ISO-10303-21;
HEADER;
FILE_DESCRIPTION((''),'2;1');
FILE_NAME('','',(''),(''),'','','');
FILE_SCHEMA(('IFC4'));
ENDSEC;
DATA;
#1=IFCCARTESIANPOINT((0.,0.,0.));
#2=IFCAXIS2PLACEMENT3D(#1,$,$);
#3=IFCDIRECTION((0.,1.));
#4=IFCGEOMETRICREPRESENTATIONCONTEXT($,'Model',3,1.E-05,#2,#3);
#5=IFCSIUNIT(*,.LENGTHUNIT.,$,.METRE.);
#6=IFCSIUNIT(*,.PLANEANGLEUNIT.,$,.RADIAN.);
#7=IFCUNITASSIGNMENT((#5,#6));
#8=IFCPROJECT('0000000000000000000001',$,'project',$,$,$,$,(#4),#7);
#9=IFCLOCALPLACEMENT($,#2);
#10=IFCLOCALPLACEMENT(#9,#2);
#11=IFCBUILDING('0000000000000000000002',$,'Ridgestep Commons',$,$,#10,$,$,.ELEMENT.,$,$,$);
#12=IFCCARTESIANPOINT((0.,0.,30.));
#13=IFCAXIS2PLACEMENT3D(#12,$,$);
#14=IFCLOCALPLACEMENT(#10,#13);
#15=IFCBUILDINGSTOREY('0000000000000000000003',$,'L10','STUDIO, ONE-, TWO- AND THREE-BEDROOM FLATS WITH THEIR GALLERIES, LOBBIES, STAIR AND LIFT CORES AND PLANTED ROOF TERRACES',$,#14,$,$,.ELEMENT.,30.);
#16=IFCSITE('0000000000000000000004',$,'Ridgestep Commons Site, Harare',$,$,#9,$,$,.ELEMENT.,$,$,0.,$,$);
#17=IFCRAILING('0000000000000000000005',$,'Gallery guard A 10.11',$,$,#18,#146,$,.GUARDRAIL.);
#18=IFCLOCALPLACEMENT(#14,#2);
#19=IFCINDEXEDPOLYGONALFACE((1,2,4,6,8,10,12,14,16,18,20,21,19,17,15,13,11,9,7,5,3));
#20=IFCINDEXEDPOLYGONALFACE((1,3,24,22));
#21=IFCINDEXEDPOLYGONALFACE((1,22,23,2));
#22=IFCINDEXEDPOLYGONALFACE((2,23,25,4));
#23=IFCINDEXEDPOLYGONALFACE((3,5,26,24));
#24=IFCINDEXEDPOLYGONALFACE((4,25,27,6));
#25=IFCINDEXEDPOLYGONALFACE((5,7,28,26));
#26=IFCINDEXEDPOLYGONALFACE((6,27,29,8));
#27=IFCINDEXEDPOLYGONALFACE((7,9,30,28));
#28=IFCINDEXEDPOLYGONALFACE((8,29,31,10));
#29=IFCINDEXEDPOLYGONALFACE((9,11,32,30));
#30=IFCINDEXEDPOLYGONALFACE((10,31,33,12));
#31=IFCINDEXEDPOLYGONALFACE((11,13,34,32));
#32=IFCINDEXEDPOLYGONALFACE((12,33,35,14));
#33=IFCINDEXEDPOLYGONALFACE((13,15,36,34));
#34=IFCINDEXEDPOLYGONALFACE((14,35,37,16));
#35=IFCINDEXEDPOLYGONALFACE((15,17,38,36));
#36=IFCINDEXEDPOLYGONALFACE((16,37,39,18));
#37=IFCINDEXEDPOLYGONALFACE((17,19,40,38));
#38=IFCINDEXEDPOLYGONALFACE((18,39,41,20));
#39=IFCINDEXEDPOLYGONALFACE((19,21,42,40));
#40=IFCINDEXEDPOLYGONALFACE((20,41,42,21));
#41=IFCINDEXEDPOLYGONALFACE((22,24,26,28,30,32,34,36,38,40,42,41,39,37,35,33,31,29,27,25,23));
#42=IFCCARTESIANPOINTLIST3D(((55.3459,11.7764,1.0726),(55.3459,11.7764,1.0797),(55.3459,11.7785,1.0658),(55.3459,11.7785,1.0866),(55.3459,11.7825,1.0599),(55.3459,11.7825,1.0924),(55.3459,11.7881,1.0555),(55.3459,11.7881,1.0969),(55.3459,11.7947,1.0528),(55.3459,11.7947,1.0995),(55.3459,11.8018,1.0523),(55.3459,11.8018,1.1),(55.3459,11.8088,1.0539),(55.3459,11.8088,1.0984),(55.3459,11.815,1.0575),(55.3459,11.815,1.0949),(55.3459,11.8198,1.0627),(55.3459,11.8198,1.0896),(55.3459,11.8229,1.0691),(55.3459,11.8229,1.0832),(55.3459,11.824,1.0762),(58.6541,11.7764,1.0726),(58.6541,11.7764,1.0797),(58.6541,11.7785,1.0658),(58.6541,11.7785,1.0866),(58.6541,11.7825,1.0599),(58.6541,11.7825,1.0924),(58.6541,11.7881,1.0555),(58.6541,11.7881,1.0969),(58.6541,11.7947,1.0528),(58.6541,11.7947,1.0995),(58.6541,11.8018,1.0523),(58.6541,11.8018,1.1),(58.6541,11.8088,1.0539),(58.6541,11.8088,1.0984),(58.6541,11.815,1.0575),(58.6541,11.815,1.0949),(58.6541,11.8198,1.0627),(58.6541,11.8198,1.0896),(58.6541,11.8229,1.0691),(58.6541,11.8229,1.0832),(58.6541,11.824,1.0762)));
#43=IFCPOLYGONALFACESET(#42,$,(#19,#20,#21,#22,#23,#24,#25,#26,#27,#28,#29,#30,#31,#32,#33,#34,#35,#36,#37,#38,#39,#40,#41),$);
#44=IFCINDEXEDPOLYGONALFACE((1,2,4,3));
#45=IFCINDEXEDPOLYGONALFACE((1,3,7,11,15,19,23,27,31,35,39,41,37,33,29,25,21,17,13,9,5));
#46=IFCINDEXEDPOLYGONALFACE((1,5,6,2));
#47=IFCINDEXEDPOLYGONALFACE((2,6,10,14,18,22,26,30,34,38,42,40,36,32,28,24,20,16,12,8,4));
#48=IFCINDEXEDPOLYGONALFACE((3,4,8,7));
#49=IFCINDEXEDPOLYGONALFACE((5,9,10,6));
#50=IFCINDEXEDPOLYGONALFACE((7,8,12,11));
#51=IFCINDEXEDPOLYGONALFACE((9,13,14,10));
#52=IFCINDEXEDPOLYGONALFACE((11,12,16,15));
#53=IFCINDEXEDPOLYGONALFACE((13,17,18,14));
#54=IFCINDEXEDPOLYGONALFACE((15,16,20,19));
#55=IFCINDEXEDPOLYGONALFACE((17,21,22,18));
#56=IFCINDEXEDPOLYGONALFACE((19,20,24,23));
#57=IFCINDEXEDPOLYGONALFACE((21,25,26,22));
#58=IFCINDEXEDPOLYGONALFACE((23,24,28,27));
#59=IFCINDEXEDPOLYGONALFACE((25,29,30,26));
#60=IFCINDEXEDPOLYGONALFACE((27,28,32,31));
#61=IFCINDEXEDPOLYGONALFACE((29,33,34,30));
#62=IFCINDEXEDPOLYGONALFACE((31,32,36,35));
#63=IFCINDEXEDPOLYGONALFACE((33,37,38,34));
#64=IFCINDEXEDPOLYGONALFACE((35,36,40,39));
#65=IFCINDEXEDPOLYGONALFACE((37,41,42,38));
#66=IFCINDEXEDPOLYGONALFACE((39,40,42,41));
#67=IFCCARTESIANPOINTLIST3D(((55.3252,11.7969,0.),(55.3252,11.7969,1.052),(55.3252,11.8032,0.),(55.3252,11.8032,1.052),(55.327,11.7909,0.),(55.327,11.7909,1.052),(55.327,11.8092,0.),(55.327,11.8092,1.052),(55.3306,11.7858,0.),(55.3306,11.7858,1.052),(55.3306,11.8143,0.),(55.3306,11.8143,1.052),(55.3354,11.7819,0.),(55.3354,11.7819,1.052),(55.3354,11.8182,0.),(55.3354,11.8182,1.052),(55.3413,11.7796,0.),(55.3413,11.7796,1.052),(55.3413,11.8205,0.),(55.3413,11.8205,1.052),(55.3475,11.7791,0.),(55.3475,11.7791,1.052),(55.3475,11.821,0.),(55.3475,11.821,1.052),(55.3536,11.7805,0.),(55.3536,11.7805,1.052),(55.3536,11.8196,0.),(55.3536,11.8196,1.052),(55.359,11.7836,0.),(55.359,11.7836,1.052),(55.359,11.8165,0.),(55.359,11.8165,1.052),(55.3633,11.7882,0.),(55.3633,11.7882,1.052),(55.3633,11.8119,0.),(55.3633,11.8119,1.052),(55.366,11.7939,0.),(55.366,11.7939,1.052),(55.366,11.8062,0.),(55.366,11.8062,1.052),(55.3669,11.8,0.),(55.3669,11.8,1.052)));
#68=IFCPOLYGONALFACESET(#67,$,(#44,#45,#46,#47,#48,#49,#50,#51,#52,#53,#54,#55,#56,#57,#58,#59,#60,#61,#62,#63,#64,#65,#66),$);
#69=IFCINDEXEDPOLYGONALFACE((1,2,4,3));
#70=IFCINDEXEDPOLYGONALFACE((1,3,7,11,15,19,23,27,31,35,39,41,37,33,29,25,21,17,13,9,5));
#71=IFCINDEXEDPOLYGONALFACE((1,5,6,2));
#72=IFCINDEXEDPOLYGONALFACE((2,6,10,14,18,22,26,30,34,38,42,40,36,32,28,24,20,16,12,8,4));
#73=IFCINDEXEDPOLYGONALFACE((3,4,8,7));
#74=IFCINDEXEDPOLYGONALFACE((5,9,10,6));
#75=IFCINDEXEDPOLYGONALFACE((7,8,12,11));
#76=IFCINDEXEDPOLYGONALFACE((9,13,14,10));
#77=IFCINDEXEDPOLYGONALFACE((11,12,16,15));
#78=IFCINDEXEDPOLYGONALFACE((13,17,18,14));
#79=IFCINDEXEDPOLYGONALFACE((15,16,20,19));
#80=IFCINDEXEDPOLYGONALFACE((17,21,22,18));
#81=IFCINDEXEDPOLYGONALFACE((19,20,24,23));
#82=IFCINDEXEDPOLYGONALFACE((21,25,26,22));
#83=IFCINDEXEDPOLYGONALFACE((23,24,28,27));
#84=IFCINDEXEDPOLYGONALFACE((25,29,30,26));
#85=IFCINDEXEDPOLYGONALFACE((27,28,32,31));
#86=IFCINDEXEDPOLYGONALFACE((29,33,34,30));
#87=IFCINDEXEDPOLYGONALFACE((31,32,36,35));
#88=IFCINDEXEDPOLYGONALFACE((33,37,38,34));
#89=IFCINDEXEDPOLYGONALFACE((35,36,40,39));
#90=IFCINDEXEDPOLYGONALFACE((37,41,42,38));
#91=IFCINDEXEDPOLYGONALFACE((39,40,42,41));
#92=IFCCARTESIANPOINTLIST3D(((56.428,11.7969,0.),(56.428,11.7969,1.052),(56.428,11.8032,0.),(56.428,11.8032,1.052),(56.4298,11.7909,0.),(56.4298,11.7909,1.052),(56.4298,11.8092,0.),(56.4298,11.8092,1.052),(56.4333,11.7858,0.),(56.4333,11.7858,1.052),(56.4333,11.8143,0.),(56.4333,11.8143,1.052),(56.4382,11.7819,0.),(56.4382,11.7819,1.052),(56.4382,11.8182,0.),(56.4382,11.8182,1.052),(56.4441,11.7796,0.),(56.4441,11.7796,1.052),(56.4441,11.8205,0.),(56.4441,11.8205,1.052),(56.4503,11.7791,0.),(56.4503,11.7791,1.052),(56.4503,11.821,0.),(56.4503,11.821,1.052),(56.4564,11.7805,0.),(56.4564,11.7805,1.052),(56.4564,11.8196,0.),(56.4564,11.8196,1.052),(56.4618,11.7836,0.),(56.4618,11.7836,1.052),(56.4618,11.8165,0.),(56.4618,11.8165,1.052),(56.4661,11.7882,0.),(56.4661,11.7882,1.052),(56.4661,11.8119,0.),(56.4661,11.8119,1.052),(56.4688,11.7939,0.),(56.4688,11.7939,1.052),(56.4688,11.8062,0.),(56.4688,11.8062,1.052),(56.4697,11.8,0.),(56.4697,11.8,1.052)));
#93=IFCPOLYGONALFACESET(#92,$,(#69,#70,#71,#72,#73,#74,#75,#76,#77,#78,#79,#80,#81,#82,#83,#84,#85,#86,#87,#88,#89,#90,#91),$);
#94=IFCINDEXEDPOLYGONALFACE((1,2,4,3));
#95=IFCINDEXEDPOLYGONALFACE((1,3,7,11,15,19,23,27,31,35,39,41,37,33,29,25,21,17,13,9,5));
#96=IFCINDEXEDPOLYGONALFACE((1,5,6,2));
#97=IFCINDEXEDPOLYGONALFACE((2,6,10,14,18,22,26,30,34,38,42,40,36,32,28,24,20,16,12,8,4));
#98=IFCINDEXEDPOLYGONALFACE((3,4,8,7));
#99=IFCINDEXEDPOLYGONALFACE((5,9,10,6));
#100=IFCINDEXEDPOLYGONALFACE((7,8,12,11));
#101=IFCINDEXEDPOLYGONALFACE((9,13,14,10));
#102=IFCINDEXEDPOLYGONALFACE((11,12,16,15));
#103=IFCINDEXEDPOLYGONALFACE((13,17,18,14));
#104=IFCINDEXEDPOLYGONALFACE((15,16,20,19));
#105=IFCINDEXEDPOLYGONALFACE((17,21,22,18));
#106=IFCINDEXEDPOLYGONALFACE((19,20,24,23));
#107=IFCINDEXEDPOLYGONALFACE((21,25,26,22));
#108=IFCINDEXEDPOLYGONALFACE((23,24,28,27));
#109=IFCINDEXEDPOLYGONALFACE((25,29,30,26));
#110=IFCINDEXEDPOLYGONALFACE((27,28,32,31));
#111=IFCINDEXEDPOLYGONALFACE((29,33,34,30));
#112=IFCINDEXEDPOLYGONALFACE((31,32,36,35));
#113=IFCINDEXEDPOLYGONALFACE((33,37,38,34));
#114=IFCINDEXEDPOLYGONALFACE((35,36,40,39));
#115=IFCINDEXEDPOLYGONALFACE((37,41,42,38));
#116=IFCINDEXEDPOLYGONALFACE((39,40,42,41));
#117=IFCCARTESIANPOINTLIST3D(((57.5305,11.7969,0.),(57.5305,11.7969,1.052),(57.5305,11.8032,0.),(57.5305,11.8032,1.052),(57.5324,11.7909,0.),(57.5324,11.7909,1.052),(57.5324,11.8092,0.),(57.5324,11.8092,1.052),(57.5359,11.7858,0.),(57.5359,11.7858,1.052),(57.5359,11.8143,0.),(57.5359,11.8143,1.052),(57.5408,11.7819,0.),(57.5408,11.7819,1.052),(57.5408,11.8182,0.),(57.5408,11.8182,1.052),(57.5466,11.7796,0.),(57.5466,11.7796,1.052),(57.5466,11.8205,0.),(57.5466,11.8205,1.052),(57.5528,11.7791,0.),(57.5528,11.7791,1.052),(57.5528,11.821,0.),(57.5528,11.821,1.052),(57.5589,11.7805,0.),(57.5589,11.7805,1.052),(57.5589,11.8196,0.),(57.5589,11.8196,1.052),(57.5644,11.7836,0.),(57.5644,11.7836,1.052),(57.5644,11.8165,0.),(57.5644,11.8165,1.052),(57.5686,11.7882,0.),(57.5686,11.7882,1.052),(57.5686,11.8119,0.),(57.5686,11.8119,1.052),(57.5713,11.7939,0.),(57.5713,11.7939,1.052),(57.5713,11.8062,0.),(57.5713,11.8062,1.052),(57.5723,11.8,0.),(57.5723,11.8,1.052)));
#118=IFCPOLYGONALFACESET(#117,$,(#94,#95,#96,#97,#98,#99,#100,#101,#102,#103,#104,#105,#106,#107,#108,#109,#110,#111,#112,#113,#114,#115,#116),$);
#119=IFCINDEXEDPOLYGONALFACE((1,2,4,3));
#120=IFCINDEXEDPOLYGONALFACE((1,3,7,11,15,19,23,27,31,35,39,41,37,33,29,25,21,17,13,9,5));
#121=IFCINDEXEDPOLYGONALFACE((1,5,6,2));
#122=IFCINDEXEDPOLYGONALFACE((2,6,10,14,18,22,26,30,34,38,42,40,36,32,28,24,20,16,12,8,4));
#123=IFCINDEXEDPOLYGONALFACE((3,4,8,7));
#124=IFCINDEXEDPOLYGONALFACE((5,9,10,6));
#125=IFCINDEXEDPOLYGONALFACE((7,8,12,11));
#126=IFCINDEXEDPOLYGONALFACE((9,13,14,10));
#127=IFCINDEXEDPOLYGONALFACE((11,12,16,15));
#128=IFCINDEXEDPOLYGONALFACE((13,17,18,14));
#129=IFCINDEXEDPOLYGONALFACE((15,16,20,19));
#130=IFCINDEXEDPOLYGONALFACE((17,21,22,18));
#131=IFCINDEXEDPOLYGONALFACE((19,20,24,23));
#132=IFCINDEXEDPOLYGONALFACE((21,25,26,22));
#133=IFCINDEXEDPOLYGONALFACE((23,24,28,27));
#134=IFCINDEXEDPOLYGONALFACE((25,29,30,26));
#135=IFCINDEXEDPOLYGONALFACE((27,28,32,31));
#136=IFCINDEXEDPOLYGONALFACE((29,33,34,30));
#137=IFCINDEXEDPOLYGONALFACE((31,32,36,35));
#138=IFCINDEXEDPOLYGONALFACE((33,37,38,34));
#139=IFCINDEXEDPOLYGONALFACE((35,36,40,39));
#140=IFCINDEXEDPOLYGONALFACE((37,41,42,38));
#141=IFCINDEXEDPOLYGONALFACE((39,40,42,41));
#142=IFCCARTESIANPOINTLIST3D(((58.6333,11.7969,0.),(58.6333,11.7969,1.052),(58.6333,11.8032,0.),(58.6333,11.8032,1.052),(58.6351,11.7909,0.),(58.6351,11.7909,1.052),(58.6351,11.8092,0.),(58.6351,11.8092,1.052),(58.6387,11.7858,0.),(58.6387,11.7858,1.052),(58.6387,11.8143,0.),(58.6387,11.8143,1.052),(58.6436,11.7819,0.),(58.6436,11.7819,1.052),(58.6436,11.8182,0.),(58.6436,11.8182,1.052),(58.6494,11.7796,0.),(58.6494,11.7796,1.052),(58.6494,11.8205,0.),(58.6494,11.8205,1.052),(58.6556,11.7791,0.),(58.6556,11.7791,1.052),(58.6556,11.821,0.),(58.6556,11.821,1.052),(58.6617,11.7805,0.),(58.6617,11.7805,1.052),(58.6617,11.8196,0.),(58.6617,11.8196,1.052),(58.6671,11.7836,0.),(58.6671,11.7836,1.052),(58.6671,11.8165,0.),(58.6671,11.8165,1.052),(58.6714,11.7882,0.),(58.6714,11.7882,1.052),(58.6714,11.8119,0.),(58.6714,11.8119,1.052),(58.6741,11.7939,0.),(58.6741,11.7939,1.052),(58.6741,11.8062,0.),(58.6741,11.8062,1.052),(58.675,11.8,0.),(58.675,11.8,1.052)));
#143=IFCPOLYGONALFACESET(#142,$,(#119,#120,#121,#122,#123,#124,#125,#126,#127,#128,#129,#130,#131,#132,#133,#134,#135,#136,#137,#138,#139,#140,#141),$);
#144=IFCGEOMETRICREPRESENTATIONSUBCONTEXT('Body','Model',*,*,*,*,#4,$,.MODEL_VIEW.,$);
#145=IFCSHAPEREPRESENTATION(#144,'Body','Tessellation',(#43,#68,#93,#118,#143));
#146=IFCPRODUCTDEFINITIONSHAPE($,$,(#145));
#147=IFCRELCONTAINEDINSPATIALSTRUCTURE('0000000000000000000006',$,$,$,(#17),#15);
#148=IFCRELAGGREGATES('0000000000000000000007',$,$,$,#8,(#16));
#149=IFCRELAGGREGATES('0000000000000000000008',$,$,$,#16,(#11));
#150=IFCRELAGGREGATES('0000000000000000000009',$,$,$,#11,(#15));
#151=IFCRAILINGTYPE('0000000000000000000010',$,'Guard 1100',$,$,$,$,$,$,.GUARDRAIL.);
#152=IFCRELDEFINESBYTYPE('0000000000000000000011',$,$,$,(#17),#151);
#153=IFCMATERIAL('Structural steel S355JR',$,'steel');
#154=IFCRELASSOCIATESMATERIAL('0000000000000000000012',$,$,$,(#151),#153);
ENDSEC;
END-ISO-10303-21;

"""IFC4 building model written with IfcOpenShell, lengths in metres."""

from ifc_helpers import new_model, si_unit, direction, frame, origin, origin_2d, place, context, subcontext, project, spatial, circle, extrude, material, type_object, element, save


model = new_model("IFC4")

# Units and contexts
model_context = context("Model", 3, precision=1e-05, world=origin(), true_north=direction((0.0, 1.0)))
body_context = subcontext(model_context, "Body", "Model", "MODEL_VIEW")
ifc_project = project(units=[si_unit("LENGTHUNIT", "METRE"), si_unit("PLANEANGLEUNIT", "RADIAN")], contexts=[model_context])

# Site, building, storey
site_placement = place(None, origin())
site = spatial("IfcSite", under=ifc_project, at=site_placement, Name="Ridgestep Commons Site, Harare", CompositionType="ELEMENT", RefElevation=0.0)
building_placement = place(site_placement, origin())
building = spatial("IfcBuilding", under=site, at=building_placement, Name="Ridgestep Commons", CompositionType="ELEMENT")
storey_placement = place(building_placement, frame((0.0, 0.0, 30.0)))
storey = spatial("IfcBuildingStorey", under=building, at=storey_placement, Name="L10", Description="STUDIO, ONE-, TWO- AND THREE-BEDROOM FLATS WITH THEIR GALLERIES, LOBBIES, STAIR AND LIFT CORES AND PLANTED ROOF TERRACES", CompositionType="ELEMENT", Elevation=30.0)

# Railing
ifc_material_1 = material(Name="Structural steel S355JR", Category="steel")
railing_type = type_object("IfcRailingType", Name="Guard 1100", PredefinedType="GUARDRAIL", material=ifc_material_1)
railing_1_placement = place(storey_placement, frame((55.3459, 11.8, 0.0)))
element("IfcRailing", 1, at=railing_1_placement, inside=storey, type_object=railing_type, Name="Gallery guard A 10.11", PredefinedType="GUARDRAIL", context=body_context, shape_type="SweptSolid", body=[
    extrude(circle(Radius=0.0239, at=origin_2d()), frame((0.0, 0.0, 1.0762), z_axis=(1.0, 0.0, 0.0), x_axis=(0.0, 1.0, 0.0)), (0.0, 0.0, 1.0), 3.3081),
    extrude(circle(Radius=0.021, at=origin_2d()), origin(), (0.0, 0.0, 1.0), 1.052),
    extrude(circle(Radius=0.021, at=origin_2d()), frame((1.1028, 0.0, 0.0)), (0.0, 0.0, 1.0), 1.052),
    extrude(circle(Radius=0.021, at=origin_2d()), frame((2.2053, 0.0, 0.0)), (0.0, 0.0, 1.0), 1.052),
    extrude(circle(Radius=0.021, at=origin_2d()), frame((3.3081, 0.0, 0.0)), (0.0, 0.0, 1.0), 1.052),
])

save(model, "model.ifc")
